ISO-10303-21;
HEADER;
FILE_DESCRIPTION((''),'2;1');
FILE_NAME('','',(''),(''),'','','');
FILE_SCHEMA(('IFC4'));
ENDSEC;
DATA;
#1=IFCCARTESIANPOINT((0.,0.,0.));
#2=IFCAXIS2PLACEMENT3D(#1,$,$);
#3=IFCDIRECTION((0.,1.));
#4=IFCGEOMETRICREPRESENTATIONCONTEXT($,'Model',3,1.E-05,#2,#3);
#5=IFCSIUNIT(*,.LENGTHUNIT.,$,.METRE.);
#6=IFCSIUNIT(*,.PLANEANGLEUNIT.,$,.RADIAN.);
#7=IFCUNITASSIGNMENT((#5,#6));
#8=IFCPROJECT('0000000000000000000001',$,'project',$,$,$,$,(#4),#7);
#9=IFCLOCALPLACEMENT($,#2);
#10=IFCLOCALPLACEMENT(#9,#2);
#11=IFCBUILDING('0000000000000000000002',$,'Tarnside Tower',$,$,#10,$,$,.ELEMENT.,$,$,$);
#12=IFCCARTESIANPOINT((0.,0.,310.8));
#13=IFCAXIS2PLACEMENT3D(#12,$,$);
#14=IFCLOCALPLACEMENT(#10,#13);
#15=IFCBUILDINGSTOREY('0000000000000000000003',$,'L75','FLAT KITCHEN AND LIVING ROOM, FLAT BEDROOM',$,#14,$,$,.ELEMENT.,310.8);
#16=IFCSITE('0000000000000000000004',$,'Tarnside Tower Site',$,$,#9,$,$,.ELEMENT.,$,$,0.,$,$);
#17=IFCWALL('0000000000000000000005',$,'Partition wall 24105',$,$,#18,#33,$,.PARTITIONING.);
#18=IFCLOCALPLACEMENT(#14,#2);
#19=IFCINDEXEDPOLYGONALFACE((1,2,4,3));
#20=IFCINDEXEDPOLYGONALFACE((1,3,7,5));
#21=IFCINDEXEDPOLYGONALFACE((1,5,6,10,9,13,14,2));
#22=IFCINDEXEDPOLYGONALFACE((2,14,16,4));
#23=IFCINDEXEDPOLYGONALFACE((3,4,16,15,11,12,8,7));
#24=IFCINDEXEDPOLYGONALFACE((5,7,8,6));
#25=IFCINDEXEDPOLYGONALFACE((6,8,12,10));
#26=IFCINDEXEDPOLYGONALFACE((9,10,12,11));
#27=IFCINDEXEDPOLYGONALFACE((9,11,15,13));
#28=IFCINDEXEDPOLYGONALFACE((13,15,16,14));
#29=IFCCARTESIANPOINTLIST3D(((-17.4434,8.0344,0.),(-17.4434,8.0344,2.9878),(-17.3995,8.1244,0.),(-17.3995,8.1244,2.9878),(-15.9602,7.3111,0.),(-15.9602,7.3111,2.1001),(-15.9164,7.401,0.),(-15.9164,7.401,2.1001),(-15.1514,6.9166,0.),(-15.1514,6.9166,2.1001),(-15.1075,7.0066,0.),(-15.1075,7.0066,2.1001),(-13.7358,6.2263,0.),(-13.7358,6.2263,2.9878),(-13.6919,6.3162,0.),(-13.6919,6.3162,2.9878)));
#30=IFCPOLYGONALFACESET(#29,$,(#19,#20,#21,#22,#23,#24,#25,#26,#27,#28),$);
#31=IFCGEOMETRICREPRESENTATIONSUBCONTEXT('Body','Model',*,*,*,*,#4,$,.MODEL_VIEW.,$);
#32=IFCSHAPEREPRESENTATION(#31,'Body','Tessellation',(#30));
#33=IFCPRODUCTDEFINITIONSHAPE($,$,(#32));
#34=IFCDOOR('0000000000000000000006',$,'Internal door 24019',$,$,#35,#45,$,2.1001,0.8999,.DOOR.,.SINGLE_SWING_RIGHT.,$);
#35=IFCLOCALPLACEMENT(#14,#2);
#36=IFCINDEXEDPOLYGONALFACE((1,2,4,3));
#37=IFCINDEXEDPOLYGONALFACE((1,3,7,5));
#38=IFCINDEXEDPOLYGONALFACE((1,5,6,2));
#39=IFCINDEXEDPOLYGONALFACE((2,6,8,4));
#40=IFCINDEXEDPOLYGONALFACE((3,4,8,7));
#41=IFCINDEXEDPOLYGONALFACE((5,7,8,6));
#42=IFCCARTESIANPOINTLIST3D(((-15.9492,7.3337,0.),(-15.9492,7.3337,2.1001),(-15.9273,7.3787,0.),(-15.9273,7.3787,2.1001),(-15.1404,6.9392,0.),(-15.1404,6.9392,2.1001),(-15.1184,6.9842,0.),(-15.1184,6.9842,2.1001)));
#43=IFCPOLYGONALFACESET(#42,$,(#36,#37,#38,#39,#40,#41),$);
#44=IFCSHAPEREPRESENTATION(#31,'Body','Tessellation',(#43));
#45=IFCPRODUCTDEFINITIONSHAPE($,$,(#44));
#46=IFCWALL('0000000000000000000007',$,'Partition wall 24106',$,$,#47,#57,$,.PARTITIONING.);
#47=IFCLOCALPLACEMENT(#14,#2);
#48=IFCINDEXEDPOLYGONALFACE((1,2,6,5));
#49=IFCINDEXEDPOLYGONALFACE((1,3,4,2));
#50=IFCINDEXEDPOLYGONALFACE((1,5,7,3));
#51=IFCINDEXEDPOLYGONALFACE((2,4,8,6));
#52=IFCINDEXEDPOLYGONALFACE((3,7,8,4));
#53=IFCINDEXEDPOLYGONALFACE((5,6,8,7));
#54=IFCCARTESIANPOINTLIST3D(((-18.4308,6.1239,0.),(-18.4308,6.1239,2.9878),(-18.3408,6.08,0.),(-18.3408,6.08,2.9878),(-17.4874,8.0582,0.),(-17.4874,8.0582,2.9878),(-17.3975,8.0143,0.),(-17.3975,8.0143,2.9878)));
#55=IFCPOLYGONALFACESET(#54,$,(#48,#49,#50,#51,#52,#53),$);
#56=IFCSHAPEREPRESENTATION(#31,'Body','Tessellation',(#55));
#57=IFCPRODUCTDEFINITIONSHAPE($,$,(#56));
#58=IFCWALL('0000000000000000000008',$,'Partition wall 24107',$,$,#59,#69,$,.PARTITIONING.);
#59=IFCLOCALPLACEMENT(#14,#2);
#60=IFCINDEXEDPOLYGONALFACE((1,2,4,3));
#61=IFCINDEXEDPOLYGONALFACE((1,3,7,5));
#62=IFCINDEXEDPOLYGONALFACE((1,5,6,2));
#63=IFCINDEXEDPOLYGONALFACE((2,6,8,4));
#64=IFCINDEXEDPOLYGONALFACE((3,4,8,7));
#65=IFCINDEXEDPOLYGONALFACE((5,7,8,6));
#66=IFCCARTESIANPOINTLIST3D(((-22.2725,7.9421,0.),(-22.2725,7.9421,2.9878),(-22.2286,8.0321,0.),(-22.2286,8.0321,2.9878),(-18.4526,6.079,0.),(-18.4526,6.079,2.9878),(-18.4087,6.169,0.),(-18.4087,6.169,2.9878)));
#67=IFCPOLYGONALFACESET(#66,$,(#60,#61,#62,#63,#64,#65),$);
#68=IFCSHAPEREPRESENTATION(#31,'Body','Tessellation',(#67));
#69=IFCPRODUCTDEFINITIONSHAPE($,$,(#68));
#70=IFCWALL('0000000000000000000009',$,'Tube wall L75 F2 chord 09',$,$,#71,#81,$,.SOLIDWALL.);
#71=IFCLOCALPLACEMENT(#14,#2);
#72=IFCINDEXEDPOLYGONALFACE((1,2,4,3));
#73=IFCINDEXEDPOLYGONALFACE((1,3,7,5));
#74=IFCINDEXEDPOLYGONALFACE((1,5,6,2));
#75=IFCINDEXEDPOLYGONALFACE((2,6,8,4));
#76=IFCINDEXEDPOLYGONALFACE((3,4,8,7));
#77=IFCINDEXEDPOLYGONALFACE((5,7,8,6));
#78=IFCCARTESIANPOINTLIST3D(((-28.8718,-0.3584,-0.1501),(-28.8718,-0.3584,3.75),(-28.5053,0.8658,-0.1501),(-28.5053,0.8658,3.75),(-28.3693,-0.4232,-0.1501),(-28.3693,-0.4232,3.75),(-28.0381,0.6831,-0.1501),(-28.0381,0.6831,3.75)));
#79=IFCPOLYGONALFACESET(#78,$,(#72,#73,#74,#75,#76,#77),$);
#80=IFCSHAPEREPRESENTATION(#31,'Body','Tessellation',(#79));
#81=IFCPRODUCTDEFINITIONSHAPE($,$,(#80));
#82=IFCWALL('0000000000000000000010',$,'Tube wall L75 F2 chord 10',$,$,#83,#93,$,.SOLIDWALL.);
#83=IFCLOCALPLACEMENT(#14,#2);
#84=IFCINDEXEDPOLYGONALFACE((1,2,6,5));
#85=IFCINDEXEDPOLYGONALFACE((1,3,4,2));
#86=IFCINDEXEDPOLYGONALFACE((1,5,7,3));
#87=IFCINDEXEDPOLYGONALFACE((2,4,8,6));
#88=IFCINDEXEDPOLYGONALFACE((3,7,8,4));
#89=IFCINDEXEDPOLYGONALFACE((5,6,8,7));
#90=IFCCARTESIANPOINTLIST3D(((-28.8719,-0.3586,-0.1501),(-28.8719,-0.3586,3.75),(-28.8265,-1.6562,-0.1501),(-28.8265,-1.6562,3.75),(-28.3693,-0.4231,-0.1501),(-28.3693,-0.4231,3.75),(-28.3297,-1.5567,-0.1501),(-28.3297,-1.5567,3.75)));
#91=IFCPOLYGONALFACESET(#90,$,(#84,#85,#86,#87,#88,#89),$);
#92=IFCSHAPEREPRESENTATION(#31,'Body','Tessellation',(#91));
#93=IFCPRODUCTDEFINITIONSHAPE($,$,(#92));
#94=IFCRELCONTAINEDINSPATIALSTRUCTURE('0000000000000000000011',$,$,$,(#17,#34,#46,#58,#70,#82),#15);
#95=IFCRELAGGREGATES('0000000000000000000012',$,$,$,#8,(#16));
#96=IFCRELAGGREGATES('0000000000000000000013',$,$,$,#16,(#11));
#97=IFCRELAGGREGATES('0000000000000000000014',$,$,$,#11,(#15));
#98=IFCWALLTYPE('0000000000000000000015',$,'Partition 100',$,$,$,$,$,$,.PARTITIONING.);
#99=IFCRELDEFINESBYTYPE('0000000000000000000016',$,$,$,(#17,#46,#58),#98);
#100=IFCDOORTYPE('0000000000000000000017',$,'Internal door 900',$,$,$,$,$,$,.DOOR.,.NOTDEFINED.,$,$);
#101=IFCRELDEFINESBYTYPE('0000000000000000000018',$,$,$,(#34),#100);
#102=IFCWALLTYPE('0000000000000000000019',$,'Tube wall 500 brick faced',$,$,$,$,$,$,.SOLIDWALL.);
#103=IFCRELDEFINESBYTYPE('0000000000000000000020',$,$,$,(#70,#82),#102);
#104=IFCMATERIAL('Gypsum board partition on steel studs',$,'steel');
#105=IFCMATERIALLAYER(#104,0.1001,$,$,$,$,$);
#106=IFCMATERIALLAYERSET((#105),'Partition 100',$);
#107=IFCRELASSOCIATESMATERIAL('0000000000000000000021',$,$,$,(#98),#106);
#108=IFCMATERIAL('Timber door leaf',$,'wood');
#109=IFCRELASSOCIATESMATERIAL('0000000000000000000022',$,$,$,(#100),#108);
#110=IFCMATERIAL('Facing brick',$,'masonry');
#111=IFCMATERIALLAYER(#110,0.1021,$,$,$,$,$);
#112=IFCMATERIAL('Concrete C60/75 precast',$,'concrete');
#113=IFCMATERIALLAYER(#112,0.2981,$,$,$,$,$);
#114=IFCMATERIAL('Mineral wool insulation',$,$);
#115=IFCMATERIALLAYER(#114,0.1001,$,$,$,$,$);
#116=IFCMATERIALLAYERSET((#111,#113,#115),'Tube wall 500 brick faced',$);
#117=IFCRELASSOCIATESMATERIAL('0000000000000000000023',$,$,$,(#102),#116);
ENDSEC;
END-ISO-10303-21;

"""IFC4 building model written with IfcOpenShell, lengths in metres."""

from ifc_helpers import new_model, si_unit, direction, frame, frame_2d, origin, place, context, subcontext, project, spatial, polyline, rectangle, outline, extrude, material, layer, layer_set, type_object, element, fill, save


model = new_model("IFC4")

# Units and contexts
model_context = context("Model", 3, precision=1e-05, world=origin(), true_north=direction((0.0, 1.0)))
body_context = subcontext(model_context, "Body", "Model", "MODEL_VIEW")
ifc_project = project(units=[si_unit("LENGTHUNIT", "METRE"), si_unit("PLANEANGLEUNIT", "RADIAN")], contexts=[model_context])

# Site, building, storey
site_placement = place(None, origin())
site = spatial("IfcSite", under=ifc_project, at=site_placement, Name="Tarnside Tower Site", CompositionType="ELEMENT", RefElevation=0.0)
building_placement = place(site_placement, origin())
building = spatial("IfcBuilding", under=site, at=building_placement, Name="Tarnside Tower", CompositionType="ELEMENT")
storey_placement = place(building_placement, frame((0.0, 0.0, 310.8)))
storey = spatial("IfcBuildingStorey", under=building, at=storey_placement, Name="L75", Description="FLAT KITCHEN AND LIVING ROOM, FLAT BEDROOM", CompositionType="ELEMENT", Elevation=310.8)

# Shared definitions
ifc_material_1 = material(Name="Gypsum board partition on steel studs", Category="steel")

# Shared definitions
ifc_material_2 = material(Name="Timber door leaf", Category="wood")

# Shared definitions
ifc_material_3 = material(Name="Concrete C60/75 precast", Category="concrete")
ifc_material_4 = material(Name="Mineral wool insulation")

# Wall, opening, door
ifc_layer_1 = layer(ifc_material_1, 0.1001)
ifc_layer_set_1 = layer_set([ifc_layer_1], Name="Partition 100")
wall_type_1 = type_object("IfcWallType", Name="Partition 100", PredefinedType="PARTITIONING", material=ifc_layer_set_1)
wall_1_placement = place(storey_placement, frame((-13.7139, 6.2712, 0.0), z_axis=(0.0, 0.0, 1.0), x_axis=(-0.898811, 0.438337, 0.0)))
wall_1 = element("IfcWall", 1, at=wall_1_placement, inside=storey, type_object=wall_type_1, Name="Partition wall 24105", PredefinedType="PARTITIONING", context=body_context, shape_type="SweptSolid", body=[
    extrude(rectangle(XDim=4.125, YDim=0.1001, at=frame_2d((2.0625, 0.0))), origin(), (0.0, 0.0, 1.0), 2.9878),
])
opening_1_placement = place(wall_1_placement, frame((1.575, 0.0, 0.0)))
opening_1 = element("IfcOpeningElement", 2, at=opening_1_placement, cuts=wall_1, PredefinedType="OPENING", context=body_context, shape_type="SweptSolid", body=[
    extrude(rectangle(XDim=0.8999, YDim=2.1001, at=frame_2d((0.45, 1.05))), frame((0.0, 0.0601, 0.0), z_axis=(0.0, -1.0, 0.0), x_axis=(1.0, 0.0, 0.0)), (0.0, 0.0, 1.0), 0.1201),
])
door_type_1 = type_object("IfcDoorType", Name="Internal door 900", OperationType="NOTDEFINED", PredefinedType="DOOR", material=ifc_material_2)
door_1_placement = place(opening_1_placement, origin())
door_1 = element("IfcDoor", 3, at=door_1_placement, inside=storey, type_object=door_type_1, Name="Internal door 24019", OperationType="SINGLE_SWING_RIGHT", OverallHeight=2.1001, OverallWidth=0.8999, PredefinedType="DOOR", context=body_context, shape_type="SweptSolid", body=[
    extrude(rectangle(XDim=0.8999, YDim=2.1001, at=frame_2d((0.45, 1.05))), frame((0.0, 0.0249, 0.0), z_axis=(0.0, -1.0, 0.0), x_axis=(1.0, 0.0, 0.0)), (0.0, 0.0, 1.0), 0.05),
])
fill(opening_1, door_1)

# Walls
wall_2_placement = place(storey_placement, frame((-17.4424, 8.0364, 0.0), z_axis=(0.0, 0.0, 1.0), x_axis=(-0.438343, -0.898808, 0.0)))
element("IfcWall", 4, at=wall_2_placement, inside=storey, type_object=wall_type_1, Name="Partition wall 24106", PredefinedType="PARTITIONING", context=body_context, shape_type="SweptSolid", body=[
    extrude(rectangle(XDim=2.1521, YDim=0.1001, at=frame_2d((1.0762, 0.0))), origin(), (0.0, 0.0, 1.0), 2.9878),
])
wall_3_placement = place(storey_placement, frame((-18.4307, 6.124, 0.0), z_axis=(0.0, 0.0, 1.0), x_axis=(-0.898795, 0.438368, 0.0)))
element("IfcWall", 5, at=wall_3_placement, inside=storey, type_object=wall_type_1, Name="Partition wall 24107", PredefinedType="PARTITIONING", context=body_context, shape_type="SweptSolid", body=[
    extrude(rectangle(XDim=4.25, YDim=0.1001, at=frame_2d((2.125, 0.0))), origin(), (0.0, 0.0, 1.0), 2.9878),
])
ifc_material_5 = material(Name="Facing brick", Category="masonry")
ifc_layer_2 = layer(ifc_material_5, 0.1021)
ifc_layer_3 = layer(ifc_material_3, 0.2981)
ifc_layer_4 = layer(ifc_material_4, 0.1001)
ifc_layer_set_2 = layer_set([ifc_layer_2, ifc_layer_3, ifc_layer_4], Name="Tube wall 500 brick faced")
wall_type_2 = type_object("IfcWallType", Name="Tube wall 500 brick faced", PredefinedType="SOLIDWALL", material=ifc_layer_set_2)
wall_4_placement = place(storey_placement, frame((-28.2717, 0.7744, -0.1501), z_axis=(0.0, 0.0, 1.0), x_axis=(-0.286814, -0.957986, 0.0)))
element("IfcWall", 6, at=wall_4_placement, inside=storey, type_object=wall_type_2, Name="Tube wall L75 F2 chord 09", PredefinedType="SOLIDWALL", context=body_context, shape_type="SweptSolid", body=[
    extrude(outline(polyline([(-0.0205, -0.25), (1.2573, -0.25), (1.1753, 0.25), (0.0205, 0.25), (-0.0205, -0.25)])), origin(), (0.0, 0.0, 1.0), 3.9001),
])
wall_5_placement = place(storey_placement, frame((-28.6206, -0.3909, -0.1501), z_axis=(0.0, 0.0, 1.0), x_axis=(0.034925, -0.99939, 0.0)))
element("IfcWall", 7, at=wall_5_placement, inside=storey, type_object=wall_type_2, Name="Tube wall L75 F2 chord 10", PredefinedType="SOLIDWALL", context=body_context, shape_type="SweptSolid", body=[
    extrude(outline(polyline([(-0.041, -0.25), (1.2573, -0.25), (1.1753, 0.25), (0.041, 0.25), (-0.041, -0.25)])), origin(), (0.0, 0.0, 1.0), 3.9001),
])

save(model, "model.ifc")
